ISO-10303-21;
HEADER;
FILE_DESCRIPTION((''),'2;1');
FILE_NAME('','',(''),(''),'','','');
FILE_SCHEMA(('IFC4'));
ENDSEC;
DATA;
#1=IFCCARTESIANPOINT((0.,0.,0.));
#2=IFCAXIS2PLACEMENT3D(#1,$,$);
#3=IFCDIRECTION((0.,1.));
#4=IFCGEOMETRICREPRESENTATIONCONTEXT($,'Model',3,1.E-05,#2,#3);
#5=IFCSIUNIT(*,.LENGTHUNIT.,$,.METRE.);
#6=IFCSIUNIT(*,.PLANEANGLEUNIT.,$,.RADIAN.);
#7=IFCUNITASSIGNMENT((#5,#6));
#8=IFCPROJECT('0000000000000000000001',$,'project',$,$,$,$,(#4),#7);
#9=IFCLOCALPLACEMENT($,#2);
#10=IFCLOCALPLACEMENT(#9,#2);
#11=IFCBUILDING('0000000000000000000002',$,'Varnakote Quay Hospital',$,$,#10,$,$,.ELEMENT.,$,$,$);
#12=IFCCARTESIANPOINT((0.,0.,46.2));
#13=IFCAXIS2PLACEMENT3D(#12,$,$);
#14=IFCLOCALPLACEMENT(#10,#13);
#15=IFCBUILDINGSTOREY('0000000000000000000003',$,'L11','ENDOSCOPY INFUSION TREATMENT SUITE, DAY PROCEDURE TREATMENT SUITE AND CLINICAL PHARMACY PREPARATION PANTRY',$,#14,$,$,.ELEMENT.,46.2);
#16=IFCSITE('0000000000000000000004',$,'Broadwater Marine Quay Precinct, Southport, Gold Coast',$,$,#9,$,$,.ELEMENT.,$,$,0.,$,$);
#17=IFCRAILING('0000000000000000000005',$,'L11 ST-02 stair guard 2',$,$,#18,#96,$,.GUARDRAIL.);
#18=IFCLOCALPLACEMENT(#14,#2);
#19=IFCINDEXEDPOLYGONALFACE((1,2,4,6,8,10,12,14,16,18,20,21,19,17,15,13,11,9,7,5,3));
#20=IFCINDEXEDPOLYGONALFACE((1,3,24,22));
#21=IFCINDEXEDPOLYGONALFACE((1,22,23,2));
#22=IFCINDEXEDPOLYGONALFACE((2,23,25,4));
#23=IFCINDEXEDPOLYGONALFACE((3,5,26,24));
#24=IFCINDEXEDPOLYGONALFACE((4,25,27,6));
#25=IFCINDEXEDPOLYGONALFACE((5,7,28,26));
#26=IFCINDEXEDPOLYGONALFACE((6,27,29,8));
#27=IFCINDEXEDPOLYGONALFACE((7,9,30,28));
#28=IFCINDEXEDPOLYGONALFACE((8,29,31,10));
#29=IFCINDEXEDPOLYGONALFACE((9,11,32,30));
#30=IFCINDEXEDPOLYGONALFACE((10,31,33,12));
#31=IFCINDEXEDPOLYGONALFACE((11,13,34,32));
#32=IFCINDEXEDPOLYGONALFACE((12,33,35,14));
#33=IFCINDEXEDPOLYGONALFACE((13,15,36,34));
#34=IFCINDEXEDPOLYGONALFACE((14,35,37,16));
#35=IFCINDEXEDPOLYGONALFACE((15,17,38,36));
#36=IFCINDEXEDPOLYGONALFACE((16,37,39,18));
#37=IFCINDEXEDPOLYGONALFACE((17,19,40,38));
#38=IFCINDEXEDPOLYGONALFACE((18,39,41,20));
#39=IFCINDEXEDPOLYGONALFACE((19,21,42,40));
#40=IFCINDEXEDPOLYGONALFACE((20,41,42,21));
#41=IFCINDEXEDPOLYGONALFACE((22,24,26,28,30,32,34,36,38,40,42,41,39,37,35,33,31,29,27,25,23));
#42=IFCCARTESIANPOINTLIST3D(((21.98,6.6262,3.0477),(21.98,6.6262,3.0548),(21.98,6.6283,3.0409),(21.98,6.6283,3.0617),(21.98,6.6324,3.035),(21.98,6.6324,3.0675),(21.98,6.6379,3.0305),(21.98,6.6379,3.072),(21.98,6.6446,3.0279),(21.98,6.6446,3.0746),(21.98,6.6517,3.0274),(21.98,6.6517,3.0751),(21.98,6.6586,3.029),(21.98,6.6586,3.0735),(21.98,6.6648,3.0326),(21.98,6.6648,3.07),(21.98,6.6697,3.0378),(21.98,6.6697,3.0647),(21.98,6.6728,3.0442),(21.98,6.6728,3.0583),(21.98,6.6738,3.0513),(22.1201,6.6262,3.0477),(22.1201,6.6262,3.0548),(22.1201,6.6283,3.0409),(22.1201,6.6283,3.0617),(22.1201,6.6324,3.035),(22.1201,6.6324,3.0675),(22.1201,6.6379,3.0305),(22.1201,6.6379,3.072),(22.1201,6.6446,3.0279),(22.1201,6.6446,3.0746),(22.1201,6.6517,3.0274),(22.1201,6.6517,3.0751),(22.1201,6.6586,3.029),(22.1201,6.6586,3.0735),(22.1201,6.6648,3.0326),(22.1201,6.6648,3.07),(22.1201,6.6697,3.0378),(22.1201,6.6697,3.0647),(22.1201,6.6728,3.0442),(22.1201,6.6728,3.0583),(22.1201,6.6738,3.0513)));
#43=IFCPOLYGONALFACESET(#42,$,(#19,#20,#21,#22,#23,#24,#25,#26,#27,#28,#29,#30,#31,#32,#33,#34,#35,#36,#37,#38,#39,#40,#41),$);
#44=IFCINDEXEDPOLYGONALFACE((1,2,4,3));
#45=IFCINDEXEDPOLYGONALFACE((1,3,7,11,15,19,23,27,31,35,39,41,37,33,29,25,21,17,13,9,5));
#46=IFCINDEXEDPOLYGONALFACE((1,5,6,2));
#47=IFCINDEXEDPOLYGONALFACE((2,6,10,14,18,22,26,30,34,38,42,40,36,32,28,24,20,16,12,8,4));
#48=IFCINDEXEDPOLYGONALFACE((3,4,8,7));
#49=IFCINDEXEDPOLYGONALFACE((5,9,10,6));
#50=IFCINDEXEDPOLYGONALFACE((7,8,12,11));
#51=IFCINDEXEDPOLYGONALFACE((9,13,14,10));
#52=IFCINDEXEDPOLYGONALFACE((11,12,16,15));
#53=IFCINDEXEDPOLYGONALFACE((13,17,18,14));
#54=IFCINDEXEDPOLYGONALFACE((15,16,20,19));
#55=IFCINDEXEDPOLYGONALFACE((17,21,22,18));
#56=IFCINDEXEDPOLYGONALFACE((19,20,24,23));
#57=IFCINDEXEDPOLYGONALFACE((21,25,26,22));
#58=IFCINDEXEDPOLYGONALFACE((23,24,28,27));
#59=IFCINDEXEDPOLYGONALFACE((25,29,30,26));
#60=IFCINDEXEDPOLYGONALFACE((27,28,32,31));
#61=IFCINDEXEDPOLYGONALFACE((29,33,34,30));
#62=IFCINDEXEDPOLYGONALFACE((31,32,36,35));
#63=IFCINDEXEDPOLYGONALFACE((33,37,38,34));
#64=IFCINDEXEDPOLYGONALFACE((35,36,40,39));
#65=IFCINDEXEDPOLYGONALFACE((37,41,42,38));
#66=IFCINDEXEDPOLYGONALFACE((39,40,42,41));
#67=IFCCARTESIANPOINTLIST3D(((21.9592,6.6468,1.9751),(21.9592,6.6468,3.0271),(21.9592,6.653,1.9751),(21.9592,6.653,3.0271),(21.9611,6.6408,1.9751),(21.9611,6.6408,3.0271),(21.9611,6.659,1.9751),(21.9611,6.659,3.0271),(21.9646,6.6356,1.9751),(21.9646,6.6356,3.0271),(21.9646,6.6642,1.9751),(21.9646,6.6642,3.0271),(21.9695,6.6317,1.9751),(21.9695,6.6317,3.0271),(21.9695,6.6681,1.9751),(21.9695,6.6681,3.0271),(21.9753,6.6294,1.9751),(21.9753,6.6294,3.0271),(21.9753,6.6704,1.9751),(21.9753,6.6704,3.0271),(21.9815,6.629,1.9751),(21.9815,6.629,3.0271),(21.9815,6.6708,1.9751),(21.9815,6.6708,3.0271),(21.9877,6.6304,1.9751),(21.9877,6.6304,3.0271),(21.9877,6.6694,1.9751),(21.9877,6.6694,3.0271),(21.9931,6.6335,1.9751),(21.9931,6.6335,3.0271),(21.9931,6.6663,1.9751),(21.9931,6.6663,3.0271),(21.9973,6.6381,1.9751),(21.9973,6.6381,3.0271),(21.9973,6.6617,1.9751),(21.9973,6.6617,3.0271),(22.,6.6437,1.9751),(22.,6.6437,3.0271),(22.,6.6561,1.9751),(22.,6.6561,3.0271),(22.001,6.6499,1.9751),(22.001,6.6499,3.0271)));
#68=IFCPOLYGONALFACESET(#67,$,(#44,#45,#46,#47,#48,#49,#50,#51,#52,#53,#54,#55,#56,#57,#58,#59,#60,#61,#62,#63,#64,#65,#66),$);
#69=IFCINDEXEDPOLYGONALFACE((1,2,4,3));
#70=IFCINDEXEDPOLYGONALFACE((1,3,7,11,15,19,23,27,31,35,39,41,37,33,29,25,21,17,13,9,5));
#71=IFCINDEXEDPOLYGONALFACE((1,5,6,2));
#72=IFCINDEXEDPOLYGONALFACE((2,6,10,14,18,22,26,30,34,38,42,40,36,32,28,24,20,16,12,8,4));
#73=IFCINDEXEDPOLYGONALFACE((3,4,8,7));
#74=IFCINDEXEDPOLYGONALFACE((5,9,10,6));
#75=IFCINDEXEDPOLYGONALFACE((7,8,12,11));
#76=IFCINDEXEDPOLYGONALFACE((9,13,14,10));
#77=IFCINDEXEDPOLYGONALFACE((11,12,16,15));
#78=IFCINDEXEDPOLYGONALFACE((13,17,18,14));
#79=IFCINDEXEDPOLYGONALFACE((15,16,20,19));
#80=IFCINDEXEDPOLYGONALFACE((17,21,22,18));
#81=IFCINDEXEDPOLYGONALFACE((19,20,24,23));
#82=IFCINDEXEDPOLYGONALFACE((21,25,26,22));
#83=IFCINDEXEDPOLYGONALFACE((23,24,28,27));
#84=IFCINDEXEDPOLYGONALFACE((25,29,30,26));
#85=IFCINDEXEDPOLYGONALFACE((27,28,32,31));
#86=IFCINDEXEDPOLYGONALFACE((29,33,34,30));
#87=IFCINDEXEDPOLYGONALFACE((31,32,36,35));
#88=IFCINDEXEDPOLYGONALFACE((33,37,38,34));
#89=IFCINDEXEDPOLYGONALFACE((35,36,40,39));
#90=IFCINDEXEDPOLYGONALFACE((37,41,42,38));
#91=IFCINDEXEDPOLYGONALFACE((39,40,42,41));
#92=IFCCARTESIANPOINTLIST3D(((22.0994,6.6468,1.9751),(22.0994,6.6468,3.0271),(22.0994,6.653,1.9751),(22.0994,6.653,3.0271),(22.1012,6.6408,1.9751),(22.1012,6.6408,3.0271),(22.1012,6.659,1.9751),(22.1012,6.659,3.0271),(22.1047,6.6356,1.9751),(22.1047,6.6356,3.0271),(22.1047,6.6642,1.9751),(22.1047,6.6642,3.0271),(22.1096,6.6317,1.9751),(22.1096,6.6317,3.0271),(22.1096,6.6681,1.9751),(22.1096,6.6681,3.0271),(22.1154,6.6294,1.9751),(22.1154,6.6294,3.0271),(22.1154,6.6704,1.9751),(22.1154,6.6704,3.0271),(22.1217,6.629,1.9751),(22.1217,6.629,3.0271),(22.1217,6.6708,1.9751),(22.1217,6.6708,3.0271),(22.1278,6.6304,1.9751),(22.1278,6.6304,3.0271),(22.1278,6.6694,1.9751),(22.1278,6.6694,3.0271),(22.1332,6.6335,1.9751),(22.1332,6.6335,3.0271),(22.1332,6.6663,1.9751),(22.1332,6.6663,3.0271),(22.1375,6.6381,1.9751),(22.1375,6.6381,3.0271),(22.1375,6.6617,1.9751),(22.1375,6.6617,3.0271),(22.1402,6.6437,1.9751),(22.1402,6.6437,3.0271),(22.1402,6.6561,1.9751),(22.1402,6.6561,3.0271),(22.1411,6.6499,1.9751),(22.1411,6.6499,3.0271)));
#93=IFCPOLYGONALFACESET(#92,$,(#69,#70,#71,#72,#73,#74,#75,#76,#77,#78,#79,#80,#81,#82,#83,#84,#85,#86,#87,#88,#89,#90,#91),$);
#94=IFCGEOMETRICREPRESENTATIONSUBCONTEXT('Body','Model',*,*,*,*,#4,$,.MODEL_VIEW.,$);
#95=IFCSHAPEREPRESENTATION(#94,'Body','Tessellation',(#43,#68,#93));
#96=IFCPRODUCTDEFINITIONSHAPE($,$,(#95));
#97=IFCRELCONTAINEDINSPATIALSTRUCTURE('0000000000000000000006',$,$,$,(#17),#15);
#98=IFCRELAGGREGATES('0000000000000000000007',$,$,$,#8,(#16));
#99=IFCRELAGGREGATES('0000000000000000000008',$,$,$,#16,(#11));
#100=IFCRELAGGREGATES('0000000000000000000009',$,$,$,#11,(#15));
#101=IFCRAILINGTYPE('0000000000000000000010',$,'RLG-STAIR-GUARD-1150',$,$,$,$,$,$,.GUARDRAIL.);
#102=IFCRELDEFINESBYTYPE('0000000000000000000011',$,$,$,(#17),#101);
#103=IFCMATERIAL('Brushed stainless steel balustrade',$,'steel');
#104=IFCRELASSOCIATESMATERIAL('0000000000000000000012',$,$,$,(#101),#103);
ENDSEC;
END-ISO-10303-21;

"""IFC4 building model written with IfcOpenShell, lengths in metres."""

from ifc_helpers import new_model, si_unit, direction, frame, origin, origin_2d, place, context, subcontext, project, spatial, circle, extrude, material, type_object, element, save


model = new_model("IFC4")

# Units and contexts
model_context = context("Model", 3, precision=1e-05, world=origin(), true_north=direction((0.0, 1.0)))
body_context = subcontext(model_context, "Body", "Model", "MODEL_VIEW")
ifc_project = project(units=[si_unit("LENGTHUNIT", "METRE"), si_unit("PLANEANGLEUNIT", "RADIAN")], contexts=[model_context])

# Site, building, storey
site_placement = place(None, origin())
site = spatial("IfcSite", under=ifc_project, at=site_placement, Name="Broadwater Marine Quay Precinct, Southport, Gold Coast", CompositionType="ELEMENT", RefElevation=0.0)
building_placement = place(site_placement, origin())
building = spatial("IfcBuilding", under=site, at=building_placement, Name="Varnakote Quay Hospital", CompositionType="ELEMENT")
storey_placement = place(building_placement, frame((0.0, 0.0, 46.2)))
storey = spatial("IfcBuildingStorey", under=building, at=storey_placement, Name="L11", Description="ENDOSCOPY INFUSION TREATMENT SUITE, DAY PROCEDURE TREATMENT SUITE AND CLINICAL PHARMACY PREPARATION PANTRY", CompositionType="ELEMENT", Elevation=46.2)

# Railing
ifc_material_1 = material(Name="Brushed stainless steel balustrade", Category="steel")
railing_type_1 = type_object("IfcRailingType", Name="RLG-STAIR-GUARD-1150", PredefinedType="GUARDRAIL", material=ifc_material_1)
railing_1_placement = place(storey_placement, frame((21.98, 6.6499, 1.9751)))
element("IfcRailing", 1, at=railing_1_placement, inside=storey, type_object=railing_type_1, Name="L11 ST-02 stair guard 2", PredefinedType="GUARDRAIL", context=body_context, shape_type="SweptSolid", body=[
    extrude(circle(Radius=0.0239, at=origin_2d()), frame((0.0, 0.0, 1.0762), z_axis=(1.0, 0.0, 0.0), x_axis=(0.0, 1.0, 0.0)), (0.0, 0.0, 1.0), 0.1401),
    extrude(circle(Radius=0.021, at=origin_2d()), origin(), (0.0, 0.0, 1.0), 1.052),
    extrude(circle(Radius=0.021, at=origin_2d()), frame((0.1401, 0.0, 0.0)), (0.0, 0.0, 1.0), 1.052),
])

save(model, "model.ifc")
